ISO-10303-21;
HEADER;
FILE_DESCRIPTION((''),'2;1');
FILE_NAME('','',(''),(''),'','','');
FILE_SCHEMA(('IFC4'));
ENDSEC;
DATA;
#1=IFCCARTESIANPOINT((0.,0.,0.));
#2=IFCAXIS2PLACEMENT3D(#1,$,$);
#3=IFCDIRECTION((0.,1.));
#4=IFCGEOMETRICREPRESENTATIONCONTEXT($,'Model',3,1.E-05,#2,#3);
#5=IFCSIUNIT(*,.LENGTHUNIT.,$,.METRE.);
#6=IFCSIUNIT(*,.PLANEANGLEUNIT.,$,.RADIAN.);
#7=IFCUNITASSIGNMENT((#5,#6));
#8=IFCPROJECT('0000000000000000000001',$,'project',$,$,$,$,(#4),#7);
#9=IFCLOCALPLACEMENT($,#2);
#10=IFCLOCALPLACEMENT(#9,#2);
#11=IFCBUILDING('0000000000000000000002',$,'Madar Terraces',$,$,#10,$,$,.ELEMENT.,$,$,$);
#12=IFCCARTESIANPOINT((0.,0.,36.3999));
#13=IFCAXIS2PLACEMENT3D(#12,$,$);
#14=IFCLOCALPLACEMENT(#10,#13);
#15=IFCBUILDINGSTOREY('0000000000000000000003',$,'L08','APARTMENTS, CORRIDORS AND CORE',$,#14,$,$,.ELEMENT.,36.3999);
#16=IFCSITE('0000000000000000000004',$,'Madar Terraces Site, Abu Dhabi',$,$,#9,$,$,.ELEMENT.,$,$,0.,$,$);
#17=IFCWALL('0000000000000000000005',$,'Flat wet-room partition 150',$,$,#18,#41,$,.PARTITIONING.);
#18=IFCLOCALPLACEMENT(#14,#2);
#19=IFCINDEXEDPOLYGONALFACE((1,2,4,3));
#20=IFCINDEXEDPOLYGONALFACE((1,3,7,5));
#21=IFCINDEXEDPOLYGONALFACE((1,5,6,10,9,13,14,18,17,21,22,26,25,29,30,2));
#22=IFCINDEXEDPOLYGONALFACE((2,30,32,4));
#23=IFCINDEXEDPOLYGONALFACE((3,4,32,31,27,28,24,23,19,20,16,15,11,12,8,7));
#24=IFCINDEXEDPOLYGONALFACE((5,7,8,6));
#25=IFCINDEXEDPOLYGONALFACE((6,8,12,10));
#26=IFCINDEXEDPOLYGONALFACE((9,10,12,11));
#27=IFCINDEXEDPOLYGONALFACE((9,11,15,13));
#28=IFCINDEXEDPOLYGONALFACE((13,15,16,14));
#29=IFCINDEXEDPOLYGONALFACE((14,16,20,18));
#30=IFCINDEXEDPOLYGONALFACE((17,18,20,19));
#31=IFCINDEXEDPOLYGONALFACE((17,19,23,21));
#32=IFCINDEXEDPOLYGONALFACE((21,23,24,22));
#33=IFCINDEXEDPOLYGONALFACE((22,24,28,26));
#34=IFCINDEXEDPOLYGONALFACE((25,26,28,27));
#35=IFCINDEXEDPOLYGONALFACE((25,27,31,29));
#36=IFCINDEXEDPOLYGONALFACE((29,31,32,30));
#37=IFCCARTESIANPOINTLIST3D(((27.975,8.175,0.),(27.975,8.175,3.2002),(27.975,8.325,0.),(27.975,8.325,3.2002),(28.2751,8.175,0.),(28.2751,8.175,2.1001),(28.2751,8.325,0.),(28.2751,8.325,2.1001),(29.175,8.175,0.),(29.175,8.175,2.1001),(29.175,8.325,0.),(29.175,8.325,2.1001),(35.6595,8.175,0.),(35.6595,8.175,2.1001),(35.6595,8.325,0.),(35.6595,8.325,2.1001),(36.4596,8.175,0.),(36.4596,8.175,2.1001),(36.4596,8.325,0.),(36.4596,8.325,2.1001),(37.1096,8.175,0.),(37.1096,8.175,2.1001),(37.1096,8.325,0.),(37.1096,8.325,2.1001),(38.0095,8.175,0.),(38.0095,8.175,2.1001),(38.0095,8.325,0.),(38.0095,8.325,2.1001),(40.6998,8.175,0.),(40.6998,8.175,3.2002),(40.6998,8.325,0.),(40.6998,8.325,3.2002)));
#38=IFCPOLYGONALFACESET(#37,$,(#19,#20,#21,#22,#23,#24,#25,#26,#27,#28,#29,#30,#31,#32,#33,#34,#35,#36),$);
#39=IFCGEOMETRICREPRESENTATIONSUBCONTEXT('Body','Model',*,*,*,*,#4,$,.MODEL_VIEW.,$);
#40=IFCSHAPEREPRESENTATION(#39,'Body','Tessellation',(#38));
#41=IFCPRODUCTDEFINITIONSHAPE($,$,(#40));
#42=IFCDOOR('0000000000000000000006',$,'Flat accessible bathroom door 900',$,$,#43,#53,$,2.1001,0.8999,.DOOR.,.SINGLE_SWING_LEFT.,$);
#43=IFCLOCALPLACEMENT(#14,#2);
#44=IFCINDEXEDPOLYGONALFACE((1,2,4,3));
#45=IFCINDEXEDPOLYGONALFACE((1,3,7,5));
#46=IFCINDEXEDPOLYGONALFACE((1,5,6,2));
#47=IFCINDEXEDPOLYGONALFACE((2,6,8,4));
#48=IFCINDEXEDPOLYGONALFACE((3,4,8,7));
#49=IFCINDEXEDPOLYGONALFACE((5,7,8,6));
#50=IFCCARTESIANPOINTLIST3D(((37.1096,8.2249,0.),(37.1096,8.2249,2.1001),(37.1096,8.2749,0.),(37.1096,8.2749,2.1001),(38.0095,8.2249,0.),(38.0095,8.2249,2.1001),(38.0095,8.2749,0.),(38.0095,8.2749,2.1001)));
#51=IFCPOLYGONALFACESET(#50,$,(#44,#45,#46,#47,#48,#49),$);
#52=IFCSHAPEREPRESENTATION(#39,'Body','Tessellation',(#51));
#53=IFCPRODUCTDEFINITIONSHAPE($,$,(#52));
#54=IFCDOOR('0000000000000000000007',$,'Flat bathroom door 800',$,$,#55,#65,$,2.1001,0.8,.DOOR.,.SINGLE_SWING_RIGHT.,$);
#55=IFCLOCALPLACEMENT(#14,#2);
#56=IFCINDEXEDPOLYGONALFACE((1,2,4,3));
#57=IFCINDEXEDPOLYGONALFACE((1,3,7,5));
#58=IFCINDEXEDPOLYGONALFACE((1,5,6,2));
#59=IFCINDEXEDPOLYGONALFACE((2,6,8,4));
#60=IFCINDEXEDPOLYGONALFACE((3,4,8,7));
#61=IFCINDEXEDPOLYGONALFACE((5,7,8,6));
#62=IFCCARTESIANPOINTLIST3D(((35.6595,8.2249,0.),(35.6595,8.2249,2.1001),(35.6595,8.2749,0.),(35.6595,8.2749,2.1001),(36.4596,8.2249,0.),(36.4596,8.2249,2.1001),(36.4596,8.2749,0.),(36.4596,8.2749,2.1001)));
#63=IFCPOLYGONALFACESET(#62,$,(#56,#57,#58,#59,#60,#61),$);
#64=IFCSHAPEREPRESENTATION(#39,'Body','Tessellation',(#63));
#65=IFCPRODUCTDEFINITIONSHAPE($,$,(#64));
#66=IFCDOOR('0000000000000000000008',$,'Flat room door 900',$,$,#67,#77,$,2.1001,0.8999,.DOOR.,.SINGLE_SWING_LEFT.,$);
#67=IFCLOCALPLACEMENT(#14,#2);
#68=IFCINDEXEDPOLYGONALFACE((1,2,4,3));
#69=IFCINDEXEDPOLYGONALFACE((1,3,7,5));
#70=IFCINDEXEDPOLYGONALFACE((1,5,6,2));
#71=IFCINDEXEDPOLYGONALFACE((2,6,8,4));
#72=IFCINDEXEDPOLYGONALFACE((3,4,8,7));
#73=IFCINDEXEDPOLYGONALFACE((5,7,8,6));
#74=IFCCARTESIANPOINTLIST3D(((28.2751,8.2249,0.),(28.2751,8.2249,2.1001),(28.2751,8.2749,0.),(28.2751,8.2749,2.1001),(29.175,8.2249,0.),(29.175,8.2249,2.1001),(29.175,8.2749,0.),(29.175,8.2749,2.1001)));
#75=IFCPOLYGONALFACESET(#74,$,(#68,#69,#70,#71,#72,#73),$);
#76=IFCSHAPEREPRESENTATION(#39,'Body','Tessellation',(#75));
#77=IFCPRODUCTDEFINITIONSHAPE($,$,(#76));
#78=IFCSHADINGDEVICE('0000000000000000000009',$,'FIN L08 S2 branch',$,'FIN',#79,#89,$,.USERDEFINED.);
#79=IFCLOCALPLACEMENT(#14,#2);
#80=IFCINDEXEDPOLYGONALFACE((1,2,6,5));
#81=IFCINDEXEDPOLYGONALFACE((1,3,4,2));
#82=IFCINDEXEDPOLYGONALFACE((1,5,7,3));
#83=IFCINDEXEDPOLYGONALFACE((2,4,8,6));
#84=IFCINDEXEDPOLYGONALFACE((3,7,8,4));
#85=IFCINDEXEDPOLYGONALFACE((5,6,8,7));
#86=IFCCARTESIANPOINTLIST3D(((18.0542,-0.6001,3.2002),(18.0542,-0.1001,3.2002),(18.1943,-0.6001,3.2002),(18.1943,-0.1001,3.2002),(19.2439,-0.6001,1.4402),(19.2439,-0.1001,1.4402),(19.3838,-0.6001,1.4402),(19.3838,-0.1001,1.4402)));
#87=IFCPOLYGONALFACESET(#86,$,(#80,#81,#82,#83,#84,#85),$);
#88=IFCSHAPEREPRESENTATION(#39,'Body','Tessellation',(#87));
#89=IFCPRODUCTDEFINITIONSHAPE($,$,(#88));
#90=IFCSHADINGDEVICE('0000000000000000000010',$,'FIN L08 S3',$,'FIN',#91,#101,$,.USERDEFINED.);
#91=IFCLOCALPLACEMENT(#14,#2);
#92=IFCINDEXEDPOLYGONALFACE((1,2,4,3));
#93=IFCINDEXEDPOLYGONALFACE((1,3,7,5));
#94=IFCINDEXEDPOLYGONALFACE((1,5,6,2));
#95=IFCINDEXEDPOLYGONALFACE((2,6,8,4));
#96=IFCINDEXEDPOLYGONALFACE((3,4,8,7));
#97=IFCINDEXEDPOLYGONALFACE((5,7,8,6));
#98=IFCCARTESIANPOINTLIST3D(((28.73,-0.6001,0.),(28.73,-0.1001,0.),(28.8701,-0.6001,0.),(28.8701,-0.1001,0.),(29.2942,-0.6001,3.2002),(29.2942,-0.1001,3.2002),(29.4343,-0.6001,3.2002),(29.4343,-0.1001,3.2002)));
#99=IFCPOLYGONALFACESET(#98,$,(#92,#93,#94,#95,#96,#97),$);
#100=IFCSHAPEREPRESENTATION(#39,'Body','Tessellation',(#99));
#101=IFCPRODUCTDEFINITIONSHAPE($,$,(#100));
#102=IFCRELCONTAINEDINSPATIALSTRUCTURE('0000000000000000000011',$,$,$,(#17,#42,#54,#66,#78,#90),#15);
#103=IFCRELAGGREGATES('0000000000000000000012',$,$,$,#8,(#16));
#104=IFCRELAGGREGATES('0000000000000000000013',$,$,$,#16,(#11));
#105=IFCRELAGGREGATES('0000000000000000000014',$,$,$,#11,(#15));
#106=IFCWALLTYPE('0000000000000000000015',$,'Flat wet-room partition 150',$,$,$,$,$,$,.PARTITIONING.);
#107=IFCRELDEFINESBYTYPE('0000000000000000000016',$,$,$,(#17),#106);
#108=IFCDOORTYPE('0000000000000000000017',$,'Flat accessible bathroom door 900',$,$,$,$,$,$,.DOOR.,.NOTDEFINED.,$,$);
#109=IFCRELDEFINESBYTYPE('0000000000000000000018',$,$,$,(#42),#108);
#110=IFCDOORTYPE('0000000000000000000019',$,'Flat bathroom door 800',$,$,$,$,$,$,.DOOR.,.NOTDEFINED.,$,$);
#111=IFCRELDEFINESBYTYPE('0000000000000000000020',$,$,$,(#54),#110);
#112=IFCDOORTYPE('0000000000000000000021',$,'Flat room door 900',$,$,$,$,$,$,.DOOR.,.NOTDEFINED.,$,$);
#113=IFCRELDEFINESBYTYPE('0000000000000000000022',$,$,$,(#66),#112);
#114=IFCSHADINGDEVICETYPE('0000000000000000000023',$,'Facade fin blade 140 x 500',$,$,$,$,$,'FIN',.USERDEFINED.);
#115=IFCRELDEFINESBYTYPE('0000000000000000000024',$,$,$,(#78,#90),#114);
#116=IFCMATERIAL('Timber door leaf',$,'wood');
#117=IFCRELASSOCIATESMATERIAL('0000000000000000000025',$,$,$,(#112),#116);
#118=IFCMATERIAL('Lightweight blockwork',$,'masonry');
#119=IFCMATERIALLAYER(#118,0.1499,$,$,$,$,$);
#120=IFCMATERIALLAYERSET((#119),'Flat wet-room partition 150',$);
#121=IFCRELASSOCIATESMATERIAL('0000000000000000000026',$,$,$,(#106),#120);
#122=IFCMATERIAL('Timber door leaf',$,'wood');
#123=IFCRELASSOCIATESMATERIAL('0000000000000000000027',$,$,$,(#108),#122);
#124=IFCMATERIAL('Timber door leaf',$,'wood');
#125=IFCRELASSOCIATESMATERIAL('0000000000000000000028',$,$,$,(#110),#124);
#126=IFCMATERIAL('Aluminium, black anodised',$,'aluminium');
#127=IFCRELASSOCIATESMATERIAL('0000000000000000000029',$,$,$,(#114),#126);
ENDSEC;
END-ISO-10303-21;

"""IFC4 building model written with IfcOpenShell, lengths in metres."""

from ifc_helpers import new_model, si_unit, direction, frame, frame_2d, origin, place, context, subcontext, project, spatial, polyline, rectangle, outline, extrude, material, layer, layer_set, type_object, element, fill, save


model = new_model("IFC4")

# Units and contexts
model_context = context("Model", 3, precision=1e-05, world=origin(), true_north=direction((0.0, 1.0)))
body_context = subcontext(model_context, "Body", "Model", "MODEL_VIEW")
ifc_project = project(units=[si_unit("LENGTHUNIT", "METRE"), si_unit("PLANEANGLEUNIT", "RADIAN")], contexts=[model_context])

# Site, building, storey
site_placement = place(None, origin())
site = spatial("IfcSite", under=ifc_project, at=site_placement, Name="Madar Terraces Site, Abu Dhabi", CompositionType="ELEMENT", RefElevation=0.0)
building_placement = place(site_placement, origin())
building = spatial("IfcBuilding", under=site, at=building_placement, Name="Madar Terraces", CompositionType="ELEMENT")
storey_placement = place(building_placement, frame((0.0, 0.0, 36.3999)))
storey = spatial("IfcBuildingStorey", under=building, at=storey_placement, Name="L08", Description="APARTMENTS, CORRIDORS AND CORE", CompositionType="ELEMENT", Elevation=36.3999)

# Wall, openings, doors
ifc_material_1 = material(Name="Timber door leaf", Category="wood")
door_type_1 = type_object("IfcDoorType", Name="Flat room door 900", OperationType="NOTDEFINED", PredefinedType="DOOR", material=ifc_material_1)
ifc_material_2 = material(Name="Lightweight blockwork", Category="masonry")
ifc_layer_1 = layer(ifc_material_2, 0.1499)
ifc_layer_set_1 = layer_set([ifc_layer_1], Name="Flat wet-room partition 150")
wall_type_1 = type_object("IfcWallType", Name="Flat wet-room partition 150", PredefinedType="PARTITIONING", material=ifc_layer_set_1)
wall_1_placement = place(storey_placement, frame((27.9751, 8.25, 0.0), z_axis=(0.0, 0.0, 1.0), x_axis=(1.0, 0.0, 0.0)))
wall_1 = element("IfcWall", 1, at=wall_1_placement, inside=storey, type_object=wall_type_1, Name="Flat wet-room partition 150", PredefinedType="PARTITIONING", context=body_context, shape_type="SweptSolid", body=[
    extrude(rectangle(XDim=12.7249, YDim=0.1499, at=frame_2d((6.3623, 0.0))), origin(), (0.0, 0.0, 1.0), 3.2002),
])
opening_1_placement = place(wall_1_placement, frame((0.3, 0.0, 0.0)))
opening_1 = element("IfcOpeningElement", 2, at=opening_1_placement, cuts=wall_1, PredefinedType="OPENING", context=body_context, shape_type="SweptSolid", body=[
    extrude(rectangle(XDim=0.8999, YDim=2.1001, at=frame_2d((0.45, 1.05))), frame((0.0, 0.085, 0.0), z_axis=(0.0, -1.0, 0.0), x_axis=(1.0, 0.0, 0.0)), (0.0, 0.0, 1.0), 0.1699),
])
opening_2_placement = place(wall_1_placement, frame((7.6846, 0.0, 0.0)))
opening_2 = element("IfcOpeningElement", 3, at=opening_2_placement, cuts=wall_1, PredefinedType="OPENING", context=body_context, shape_type="SweptSolid", body=[
    extrude(rectangle(XDim=0.8, YDim=2.1001, at=frame_2d((0.3999, 1.05))), frame((0.0, 0.085, 0.0), z_axis=(0.0, -1.0, 0.0), x_axis=(1.0, 0.0, 0.0)), (0.0, 0.0, 1.0), 0.1699),
])
opening_3_placement = place(wall_1_placement, frame((9.1345, 0.0, 0.0)))
opening_3 = element("IfcOpeningElement", 4, at=opening_3_placement, cuts=wall_1, PredefinedType="OPENING", context=body_context, shape_type="SweptSolid", body=[
    extrude(rectangle(XDim=0.8999, YDim=2.1001, at=frame_2d((0.45, 1.05))), frame((0.0, 0.085, 0.0), z_axis=(0.0, -1.0, 0.0), x_axis=(1.0, 0.0, 0.0)), (0.0, 0.0, 1.0), 0.1699),
])
ifc_material_3 = material(Name="Timber door leaf", Category="wood")
door_type_2 = type_object("IfcDoorType", Name="Flat accessible bathroom door 900", OperationType="NOTDEFINED", PredefinedType="DOOR", material=ifc_material_3)
door_1_placement = place(opening_3_placement, origin())
door_1 = element("IfcDoor", 5, at=door_1_placement, inside=storey, type_object=door_type_2, Name="Flat accessible bathroom door 900", OperationType="SINGLE_SWING_LEFT", OverallHeight=2.1001, OverallWidth=0.8999, PredefinedType="DOOR", context=body_context, shape_type="SweptSolid", body=[
    extrude(rectangle(XDim=0.8999, YDim=2.1001, at=frame_2d((0.45, 1.05))), frame((0.0, 0.0249, 0.0), z_axis=(0.0, -1.0, 0.0), x_axis=(1.0, 0.0, 0.0)), (0.0, 0.0, 1.0), 0.05),
])
fill(opening_3, door_1)
ifc_material_4 = material(Name="Timber door leaf", Category="wood")
door_type_3 = type_object("IfcDoorType", Name="Flat bathroom door 800", OperationType="NOTDEFINED", PredefinedType="DOOR", material=ifc_material_4)
door_2_placement = place(opening_2_placement, origin())
door_2 = element("IfcDoor", 6, at=door_2_placement, inside=storey, type_object=door_type_3, Name="Flat bathroom door 800", OperationType="SINGLE_SWING_RIGHT", OverallHeight=2.1001, OverallWidth=0.8, PredefinedType="DOOR", context=body_context, shape_type="SweptSolid", body=[
    extrude(rectangle(XDim=0.8, YDim=2.1001, at=frame_2d((0.3999, 1.05))), frame((0.0, 0.0249, 0.0), z_axis=(0.0, -1.0, 0.0), x_axis=(1.0, 0.0, 0.0)), (0.0, 0.0, 1.0), 0.05),
])
fill(opening_2, door_2)
door_3_placement = place(opening_1_placement, origin())
door_3 = element("IfcDoor", 7, at=door_3_placement, inside=storey, type_object=door_type_1, Name="Flat room door 900", OperationType="SINGLE_SWING_LEFT", OverallHeight=2.1001, OverallWidth=0.8999, PredefinedType="DOOR", context=body_context, shape_type="SweptSolid", body=[
    extrude(rectangle(XDim=0.8999, YDim=2.1001, at=frame_2d((0.45, 1.05))), frame((0.0, 0.0249, 0.0), z_axis=(0.0, -1.0, 0.0), x_axis=(1.0, 0.0, 0.0)), (0.0, 0.0, 1.0), 0.05),
])
fill(opening_1, door_3)

# Shading devices
ifc_material_5 = material(Name="Aluminium, black anodised", Category="aluminium")
shading_device_type = type_object("IfcShadingDeviceType", Name="Facade fin blade 140 x 500", ElementType="FIN", PredefinedType="USERDEFINED", material=ifc_material_5)
shading_device_1_placement = place(storey_placement, frame((19.2439, -0.3501, 1.4402), z_axis=(0.0, 0.0, 1.0), x_axis=(1.0, 0.0, 0.0)))
element("IfcShadingDevice", 8, at=shading_device_1_placement, inside=storey, type_object=shading_device_type, Name="FIN L08 S2 branch", ObjectType="FIN", PredefinedType="USERDEFINED", context=body_context, shape_type="SweptSolid", body=[
    extrude(outline(polyline([(0.0, 0.0), (0.1399, 0.0), (-1.0496, 1.76), (-1.1897, 1.76), (0.0, 0.0)])), frame((0.0, 0.25, 0.0), z_axis=(0.0, -1.0, 0.0), x_axis=(1.0, 0.0, 0.0)), (0.0, 0.0, 1.0), 0.5),
])
shading_device_2_placement = place(storey_placement, frame((28.73, -0.3501, 0.0), z_axis=(0.0, 0.0, 1.0), x_axis=(1.0, 0.0, 0.0)))
element("IfcShadingDevice", 9, at=shading_device_2_placement, inside=storey, type_object=shading_device_type, Name="FIN L08 S3", ObjectType="FIN", PredefinedType="USERDEFINED", context=body_context, shape_type="SweptSolid", body=[
    extrude(outline(polyline([(0.0, 0.0), (0.1401, 0.0), (0.7043, 3.2002), (0.5642, 3.2002), (0.0, 0.0)])), frame((0.0, 0.25, 0.0), z_axis=(0.0, -1.0, 0.0), x_axis=(1.0, 0.0, 0.0)), (0.0, 0.0, 1.0), 0.5),
])

save(model, "model.ifc")
